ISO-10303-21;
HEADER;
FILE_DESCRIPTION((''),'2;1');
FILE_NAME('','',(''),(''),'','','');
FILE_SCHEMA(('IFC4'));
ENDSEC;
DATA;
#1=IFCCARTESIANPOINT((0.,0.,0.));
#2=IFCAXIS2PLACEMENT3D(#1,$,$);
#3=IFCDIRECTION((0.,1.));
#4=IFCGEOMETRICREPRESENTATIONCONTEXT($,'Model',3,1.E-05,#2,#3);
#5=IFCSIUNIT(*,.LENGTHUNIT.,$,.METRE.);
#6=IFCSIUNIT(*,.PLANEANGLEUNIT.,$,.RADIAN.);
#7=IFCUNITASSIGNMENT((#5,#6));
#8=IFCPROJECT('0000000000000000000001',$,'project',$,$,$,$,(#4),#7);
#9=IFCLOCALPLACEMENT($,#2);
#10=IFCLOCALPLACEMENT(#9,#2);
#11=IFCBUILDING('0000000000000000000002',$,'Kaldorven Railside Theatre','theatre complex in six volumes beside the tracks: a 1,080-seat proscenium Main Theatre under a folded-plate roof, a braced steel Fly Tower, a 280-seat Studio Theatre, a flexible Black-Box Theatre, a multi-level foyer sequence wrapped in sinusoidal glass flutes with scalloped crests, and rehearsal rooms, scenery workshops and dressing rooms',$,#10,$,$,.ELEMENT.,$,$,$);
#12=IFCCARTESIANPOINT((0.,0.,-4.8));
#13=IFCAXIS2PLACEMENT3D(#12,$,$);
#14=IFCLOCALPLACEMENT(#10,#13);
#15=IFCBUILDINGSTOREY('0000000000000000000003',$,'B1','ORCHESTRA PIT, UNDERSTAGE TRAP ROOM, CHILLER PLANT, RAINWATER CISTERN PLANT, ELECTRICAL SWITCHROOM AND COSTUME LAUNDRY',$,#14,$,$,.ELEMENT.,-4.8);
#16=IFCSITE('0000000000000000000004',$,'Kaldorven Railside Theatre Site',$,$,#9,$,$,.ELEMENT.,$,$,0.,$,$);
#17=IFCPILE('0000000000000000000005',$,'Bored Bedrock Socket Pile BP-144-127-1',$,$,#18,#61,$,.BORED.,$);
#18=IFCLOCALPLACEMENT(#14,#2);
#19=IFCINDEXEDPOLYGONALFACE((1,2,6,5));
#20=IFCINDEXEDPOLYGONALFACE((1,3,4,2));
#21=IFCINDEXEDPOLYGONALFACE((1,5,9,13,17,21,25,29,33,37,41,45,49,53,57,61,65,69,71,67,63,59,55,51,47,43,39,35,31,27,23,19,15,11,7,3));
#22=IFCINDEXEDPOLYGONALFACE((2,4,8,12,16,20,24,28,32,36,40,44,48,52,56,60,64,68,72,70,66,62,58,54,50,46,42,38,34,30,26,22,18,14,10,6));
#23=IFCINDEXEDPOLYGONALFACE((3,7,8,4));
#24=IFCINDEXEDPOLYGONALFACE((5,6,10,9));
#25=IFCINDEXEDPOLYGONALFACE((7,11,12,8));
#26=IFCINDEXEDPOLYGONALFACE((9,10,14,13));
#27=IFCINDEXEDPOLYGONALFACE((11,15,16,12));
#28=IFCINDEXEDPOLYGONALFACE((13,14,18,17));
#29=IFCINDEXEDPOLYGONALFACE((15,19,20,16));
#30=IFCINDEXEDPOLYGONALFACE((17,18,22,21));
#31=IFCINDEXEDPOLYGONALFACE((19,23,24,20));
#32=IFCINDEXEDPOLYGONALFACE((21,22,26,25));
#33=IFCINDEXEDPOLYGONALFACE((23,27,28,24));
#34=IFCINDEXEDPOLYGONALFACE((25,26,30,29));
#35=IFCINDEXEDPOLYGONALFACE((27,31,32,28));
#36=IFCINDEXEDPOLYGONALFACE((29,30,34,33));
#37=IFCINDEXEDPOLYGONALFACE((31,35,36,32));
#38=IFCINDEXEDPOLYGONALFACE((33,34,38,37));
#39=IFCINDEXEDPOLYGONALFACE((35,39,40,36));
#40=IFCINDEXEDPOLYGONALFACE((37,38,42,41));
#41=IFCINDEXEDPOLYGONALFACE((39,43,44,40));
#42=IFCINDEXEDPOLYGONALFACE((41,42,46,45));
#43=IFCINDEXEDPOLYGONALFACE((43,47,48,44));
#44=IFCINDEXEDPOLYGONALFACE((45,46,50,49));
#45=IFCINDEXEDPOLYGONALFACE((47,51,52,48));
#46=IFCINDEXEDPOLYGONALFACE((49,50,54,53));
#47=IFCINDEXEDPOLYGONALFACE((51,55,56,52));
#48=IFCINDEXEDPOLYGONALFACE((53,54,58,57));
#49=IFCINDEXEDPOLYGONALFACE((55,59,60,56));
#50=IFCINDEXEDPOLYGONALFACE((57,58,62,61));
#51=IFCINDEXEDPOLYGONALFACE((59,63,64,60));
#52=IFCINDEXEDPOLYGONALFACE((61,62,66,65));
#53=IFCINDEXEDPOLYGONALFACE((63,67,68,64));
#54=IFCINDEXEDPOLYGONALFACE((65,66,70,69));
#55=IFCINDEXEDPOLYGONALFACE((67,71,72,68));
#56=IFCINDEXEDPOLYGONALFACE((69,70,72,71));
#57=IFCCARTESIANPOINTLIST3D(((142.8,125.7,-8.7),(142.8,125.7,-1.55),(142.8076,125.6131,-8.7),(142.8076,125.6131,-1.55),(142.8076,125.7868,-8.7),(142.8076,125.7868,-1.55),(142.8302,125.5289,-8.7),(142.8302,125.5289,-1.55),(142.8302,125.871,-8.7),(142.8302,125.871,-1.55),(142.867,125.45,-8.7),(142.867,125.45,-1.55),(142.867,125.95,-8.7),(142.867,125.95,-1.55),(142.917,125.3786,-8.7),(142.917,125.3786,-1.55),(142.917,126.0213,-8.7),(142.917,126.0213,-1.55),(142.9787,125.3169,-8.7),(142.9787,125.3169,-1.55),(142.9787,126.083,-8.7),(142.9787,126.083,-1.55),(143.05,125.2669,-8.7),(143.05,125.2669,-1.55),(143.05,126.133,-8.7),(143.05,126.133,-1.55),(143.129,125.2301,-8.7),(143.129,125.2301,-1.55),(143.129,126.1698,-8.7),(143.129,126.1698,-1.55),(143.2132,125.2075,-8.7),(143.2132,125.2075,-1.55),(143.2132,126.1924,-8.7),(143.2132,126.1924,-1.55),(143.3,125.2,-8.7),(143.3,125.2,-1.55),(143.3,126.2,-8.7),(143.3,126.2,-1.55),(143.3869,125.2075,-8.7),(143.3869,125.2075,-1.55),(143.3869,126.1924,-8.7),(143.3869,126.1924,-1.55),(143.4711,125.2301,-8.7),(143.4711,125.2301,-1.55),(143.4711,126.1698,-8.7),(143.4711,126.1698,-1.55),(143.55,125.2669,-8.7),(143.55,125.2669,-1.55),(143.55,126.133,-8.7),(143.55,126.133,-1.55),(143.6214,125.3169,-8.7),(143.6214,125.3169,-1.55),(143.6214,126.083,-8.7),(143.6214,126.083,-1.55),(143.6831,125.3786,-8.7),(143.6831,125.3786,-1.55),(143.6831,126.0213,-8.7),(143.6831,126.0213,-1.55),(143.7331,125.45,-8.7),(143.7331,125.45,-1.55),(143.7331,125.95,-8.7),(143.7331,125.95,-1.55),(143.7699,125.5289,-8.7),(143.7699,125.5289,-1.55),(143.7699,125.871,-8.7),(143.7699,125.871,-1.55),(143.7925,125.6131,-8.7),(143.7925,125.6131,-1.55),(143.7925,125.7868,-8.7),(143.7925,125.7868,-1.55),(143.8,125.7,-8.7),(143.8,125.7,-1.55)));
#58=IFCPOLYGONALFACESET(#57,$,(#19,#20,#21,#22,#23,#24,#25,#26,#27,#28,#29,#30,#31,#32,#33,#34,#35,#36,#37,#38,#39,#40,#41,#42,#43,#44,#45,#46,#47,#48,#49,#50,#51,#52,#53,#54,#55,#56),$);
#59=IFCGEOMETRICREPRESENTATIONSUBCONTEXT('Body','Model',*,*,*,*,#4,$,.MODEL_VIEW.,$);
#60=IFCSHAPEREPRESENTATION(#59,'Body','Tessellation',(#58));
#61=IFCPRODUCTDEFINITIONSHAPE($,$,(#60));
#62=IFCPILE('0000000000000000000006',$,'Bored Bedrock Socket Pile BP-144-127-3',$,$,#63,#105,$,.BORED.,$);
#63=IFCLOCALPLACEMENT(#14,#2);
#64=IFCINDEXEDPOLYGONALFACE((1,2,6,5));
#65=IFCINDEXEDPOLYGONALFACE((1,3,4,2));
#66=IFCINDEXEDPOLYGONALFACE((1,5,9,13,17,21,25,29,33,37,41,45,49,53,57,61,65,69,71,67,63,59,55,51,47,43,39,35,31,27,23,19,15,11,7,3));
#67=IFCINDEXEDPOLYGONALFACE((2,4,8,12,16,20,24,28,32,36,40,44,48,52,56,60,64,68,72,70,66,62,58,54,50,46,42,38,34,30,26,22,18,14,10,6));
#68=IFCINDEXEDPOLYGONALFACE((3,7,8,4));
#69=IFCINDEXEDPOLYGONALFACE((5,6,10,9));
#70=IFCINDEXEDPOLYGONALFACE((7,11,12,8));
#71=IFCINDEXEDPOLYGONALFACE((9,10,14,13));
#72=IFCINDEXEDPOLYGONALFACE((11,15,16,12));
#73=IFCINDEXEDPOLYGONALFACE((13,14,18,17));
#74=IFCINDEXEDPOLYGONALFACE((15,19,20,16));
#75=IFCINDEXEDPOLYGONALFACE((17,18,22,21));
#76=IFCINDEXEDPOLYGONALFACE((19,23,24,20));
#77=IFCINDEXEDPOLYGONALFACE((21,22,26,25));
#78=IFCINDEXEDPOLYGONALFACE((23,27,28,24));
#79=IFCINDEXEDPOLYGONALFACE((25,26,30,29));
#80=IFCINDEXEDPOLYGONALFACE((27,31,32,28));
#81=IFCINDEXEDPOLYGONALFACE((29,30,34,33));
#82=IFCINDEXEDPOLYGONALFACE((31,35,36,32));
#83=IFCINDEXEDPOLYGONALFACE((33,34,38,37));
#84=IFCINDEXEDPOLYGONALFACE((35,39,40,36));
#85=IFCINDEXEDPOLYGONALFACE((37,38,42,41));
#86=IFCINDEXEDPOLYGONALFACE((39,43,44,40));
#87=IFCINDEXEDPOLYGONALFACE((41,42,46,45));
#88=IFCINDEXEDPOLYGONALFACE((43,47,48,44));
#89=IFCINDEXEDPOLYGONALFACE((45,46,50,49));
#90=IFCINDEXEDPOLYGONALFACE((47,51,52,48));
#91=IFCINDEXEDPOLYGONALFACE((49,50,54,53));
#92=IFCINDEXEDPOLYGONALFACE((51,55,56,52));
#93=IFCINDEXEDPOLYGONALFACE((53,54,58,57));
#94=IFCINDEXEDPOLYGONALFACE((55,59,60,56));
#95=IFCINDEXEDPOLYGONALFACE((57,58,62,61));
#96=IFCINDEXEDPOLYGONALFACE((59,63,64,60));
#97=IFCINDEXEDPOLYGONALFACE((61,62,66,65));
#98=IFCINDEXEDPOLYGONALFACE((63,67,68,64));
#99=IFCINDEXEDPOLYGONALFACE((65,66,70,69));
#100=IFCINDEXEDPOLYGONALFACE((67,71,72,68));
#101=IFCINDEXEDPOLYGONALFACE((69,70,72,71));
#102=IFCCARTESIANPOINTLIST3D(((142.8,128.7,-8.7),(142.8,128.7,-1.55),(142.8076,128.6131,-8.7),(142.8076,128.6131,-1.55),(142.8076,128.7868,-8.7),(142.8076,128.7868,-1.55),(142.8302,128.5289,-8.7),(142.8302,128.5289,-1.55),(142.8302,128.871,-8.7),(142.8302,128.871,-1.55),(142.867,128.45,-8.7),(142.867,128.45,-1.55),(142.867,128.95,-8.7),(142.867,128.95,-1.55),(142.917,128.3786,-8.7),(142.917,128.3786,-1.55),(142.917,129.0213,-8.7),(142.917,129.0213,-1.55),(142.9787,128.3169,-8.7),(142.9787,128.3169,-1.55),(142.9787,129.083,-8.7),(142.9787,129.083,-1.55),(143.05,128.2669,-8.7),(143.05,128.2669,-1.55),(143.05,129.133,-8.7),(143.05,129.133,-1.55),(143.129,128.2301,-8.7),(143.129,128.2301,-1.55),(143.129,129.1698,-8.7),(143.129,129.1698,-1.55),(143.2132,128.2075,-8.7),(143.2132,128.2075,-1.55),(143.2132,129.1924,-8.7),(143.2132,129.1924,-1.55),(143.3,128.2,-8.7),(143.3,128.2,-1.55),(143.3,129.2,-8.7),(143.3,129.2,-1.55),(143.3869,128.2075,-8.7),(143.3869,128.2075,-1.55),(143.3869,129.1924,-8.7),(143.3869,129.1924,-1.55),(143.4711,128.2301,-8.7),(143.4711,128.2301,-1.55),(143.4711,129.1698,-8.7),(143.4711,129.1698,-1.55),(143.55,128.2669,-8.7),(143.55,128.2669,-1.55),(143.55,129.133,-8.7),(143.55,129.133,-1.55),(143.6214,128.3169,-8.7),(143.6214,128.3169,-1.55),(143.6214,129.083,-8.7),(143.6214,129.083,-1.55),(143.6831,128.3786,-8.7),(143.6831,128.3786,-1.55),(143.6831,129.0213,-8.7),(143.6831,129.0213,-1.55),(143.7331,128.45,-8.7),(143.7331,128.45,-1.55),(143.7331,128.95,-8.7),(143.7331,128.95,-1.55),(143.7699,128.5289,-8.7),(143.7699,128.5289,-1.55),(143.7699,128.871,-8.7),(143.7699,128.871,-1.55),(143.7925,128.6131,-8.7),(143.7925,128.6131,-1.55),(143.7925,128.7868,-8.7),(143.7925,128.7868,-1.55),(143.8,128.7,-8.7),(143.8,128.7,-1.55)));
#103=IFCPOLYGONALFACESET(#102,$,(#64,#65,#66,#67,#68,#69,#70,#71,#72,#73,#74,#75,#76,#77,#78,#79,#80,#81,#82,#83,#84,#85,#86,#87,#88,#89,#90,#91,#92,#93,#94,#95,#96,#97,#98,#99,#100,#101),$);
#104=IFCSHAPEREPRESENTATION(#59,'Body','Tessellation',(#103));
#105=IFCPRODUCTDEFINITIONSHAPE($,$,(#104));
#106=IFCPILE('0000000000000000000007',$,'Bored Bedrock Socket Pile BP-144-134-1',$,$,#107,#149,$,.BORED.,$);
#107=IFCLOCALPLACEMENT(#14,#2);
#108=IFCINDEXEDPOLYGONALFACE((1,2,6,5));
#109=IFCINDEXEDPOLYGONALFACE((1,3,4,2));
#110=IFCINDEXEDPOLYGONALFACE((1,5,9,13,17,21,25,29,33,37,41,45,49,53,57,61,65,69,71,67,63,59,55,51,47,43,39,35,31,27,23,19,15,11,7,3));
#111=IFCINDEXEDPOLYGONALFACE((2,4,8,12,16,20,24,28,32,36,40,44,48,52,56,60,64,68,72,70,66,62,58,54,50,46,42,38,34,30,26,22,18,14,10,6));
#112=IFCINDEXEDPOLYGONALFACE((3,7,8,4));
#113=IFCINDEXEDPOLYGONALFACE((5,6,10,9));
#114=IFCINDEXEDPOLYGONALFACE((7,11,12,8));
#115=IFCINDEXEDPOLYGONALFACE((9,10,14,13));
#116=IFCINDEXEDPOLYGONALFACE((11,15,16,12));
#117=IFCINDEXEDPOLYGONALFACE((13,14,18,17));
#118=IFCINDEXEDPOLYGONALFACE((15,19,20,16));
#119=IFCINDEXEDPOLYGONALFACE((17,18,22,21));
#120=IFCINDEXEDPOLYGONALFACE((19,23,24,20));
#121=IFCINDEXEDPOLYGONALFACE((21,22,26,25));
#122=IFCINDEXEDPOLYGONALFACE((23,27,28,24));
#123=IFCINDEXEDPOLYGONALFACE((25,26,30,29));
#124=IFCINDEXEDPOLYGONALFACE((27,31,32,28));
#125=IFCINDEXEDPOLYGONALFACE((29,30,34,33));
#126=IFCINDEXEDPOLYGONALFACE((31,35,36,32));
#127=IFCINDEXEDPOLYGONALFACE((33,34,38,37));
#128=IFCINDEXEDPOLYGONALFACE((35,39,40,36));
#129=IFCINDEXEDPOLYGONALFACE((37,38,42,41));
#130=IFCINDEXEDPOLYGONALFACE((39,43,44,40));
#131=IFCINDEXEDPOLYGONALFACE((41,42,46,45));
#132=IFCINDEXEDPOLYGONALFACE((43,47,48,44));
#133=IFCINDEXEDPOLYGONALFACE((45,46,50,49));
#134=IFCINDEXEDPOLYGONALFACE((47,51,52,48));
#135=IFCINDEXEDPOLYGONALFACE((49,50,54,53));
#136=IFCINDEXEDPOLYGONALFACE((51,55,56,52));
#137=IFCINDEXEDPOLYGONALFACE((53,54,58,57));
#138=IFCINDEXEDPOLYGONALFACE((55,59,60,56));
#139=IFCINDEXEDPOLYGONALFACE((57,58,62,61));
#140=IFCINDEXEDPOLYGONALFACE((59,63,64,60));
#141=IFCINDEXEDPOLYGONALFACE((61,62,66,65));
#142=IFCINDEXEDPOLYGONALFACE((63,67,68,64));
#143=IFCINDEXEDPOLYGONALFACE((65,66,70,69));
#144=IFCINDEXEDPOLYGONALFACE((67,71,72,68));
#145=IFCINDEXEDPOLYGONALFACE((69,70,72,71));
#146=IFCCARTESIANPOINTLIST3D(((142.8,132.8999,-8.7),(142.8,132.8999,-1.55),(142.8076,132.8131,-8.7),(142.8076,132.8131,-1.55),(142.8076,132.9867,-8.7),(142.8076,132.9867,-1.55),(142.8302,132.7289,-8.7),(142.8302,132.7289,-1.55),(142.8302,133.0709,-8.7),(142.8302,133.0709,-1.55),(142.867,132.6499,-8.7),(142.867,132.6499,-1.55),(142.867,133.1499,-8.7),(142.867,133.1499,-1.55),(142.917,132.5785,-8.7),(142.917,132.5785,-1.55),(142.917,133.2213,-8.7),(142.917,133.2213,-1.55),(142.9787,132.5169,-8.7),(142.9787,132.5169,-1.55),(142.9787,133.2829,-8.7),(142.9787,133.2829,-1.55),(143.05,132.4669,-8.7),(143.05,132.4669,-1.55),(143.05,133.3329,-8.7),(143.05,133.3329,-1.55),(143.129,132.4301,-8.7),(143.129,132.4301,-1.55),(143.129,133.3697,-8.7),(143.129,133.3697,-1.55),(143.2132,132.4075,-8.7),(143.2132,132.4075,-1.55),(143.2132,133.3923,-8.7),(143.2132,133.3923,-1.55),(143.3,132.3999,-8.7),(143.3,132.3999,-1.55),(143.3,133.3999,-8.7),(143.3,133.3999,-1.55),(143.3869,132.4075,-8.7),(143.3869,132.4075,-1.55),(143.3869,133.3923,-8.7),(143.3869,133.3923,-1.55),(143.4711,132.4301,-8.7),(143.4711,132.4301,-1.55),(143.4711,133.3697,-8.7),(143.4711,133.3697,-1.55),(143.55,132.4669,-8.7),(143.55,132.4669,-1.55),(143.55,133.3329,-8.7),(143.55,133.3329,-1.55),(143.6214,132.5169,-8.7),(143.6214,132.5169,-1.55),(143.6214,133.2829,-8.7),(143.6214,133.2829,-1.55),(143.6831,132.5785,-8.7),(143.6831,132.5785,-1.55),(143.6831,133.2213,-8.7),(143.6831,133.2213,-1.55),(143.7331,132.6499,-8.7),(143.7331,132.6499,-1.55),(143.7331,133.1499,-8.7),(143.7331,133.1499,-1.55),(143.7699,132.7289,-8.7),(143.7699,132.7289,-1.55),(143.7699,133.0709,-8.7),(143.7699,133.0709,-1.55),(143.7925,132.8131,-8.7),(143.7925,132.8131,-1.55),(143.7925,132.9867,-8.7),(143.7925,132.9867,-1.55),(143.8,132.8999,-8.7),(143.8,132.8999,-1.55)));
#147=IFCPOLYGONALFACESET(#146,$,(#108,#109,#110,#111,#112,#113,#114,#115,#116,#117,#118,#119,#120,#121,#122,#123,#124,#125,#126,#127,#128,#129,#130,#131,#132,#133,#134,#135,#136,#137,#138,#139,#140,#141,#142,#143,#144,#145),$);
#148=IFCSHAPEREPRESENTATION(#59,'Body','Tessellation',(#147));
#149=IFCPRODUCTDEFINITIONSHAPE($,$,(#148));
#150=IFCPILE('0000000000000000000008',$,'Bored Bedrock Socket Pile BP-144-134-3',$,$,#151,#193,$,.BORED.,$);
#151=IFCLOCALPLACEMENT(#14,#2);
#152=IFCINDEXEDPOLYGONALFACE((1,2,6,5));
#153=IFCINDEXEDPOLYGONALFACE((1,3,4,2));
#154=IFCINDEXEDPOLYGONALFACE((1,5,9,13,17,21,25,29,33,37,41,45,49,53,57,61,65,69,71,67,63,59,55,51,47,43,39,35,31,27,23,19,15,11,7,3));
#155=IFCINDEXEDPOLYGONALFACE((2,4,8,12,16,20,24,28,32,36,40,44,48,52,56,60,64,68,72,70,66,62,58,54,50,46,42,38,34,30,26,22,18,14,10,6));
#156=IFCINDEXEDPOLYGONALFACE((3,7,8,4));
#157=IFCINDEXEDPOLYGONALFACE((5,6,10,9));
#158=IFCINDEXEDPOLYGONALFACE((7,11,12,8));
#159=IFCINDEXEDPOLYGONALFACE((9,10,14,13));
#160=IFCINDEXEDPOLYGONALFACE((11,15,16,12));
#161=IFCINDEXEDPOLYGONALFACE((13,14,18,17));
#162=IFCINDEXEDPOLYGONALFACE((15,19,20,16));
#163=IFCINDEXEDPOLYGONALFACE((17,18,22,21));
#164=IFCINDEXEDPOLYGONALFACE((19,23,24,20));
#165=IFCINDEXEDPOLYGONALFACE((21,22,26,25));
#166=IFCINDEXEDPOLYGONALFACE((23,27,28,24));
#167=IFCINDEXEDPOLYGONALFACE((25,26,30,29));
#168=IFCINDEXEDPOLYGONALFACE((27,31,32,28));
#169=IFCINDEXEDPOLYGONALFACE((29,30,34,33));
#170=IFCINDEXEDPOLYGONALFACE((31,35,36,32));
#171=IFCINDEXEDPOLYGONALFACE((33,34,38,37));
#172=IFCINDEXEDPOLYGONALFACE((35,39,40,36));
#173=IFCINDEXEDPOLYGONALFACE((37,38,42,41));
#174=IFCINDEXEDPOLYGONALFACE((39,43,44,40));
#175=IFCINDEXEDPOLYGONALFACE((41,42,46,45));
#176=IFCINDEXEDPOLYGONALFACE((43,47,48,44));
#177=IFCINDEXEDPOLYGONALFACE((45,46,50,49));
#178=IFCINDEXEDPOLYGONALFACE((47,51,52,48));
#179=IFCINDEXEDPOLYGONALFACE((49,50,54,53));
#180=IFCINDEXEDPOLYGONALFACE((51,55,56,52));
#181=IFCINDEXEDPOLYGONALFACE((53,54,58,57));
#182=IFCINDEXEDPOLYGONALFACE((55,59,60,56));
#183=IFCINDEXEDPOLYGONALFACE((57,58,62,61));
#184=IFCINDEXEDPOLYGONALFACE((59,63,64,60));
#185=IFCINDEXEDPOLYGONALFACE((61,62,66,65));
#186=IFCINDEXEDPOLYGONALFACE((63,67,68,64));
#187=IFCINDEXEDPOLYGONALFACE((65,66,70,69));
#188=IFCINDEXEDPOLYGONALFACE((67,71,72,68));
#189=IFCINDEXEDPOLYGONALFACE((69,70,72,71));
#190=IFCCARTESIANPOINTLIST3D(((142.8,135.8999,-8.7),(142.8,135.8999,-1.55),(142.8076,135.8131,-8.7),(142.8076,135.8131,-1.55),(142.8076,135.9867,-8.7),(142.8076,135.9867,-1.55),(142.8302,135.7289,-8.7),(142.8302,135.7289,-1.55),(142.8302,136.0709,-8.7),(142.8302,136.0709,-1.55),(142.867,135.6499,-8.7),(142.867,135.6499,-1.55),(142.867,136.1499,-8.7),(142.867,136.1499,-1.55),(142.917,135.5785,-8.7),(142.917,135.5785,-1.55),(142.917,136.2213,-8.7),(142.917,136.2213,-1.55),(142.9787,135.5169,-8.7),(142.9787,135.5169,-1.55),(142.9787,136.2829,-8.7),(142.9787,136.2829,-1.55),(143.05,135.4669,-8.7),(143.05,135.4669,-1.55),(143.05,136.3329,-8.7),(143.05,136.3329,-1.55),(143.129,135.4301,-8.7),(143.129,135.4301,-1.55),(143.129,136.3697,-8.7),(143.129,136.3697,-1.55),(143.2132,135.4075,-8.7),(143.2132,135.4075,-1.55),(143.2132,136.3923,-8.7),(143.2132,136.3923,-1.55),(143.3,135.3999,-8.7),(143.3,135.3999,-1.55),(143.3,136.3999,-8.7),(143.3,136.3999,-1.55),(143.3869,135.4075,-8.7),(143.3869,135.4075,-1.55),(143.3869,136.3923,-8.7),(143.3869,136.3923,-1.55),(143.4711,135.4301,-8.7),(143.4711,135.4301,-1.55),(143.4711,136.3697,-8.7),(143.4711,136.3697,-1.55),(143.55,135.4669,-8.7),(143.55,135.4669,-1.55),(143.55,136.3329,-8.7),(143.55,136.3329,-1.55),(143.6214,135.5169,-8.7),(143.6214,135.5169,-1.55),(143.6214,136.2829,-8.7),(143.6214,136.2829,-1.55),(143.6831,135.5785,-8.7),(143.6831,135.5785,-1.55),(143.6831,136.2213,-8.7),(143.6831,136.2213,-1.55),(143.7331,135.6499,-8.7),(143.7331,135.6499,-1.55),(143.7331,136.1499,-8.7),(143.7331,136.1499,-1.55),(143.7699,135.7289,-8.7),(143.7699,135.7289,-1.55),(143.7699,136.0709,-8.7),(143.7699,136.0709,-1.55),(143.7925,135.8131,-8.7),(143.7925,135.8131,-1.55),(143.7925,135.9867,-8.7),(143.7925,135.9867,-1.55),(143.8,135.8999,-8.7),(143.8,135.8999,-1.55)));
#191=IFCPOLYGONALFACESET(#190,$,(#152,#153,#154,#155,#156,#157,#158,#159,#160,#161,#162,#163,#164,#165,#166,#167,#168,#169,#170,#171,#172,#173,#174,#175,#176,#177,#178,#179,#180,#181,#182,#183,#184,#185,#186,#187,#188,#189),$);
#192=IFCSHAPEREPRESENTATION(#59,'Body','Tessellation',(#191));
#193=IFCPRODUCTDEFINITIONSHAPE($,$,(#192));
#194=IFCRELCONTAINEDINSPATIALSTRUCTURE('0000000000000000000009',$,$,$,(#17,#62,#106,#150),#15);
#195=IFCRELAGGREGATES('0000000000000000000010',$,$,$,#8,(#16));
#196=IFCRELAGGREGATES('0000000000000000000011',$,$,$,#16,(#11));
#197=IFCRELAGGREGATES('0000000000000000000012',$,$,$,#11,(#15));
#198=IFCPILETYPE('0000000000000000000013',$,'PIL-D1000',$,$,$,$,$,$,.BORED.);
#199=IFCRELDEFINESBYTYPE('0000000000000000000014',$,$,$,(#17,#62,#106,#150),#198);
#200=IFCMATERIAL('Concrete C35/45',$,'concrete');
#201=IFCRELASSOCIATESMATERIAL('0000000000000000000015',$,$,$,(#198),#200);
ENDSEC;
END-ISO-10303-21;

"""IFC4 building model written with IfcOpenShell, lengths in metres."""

from ifc_helpers import new_model, si_unit, direction, frame, origin, origin_2d, place, context, subcontext, project, spatial, circle, extrude, material, material_profile, profile_set, type_object, element, save


model = new_model("IFC4")

# Units and contexts
model_context = context("Model", 3, precision=1e-05, world=origin(), true_north=direction((0.0, 1.0)))
body_context = subcontext(model_context, "Body", "Model", "MODEL_VIEW")
ifc_project = project(units=[si_unit("LENGTHUNIT", "METRE"), si_unit("PLANEANGLEUNIT", "RADIAN")], contexts=[model_context])

# Site, building, storey
site_placement = place(None, origin())
site = spatial("IfcSite", under=ifc_project, at=site_placement, Name="Kaldorven Railside Theatre Site", CompositionType="ELEMENT", RefElevation=0.0)
building_placement = place(site_placement, origin())
building = spatial("IfcBuilding", under=site, at=building_placement, Name="Kaldorven Railside Theatre", Description="theatre complex in six volumes beside the tracks: a 1,080-seat proscenium Main Theatre under a folded-plate roof, a braced steel Fly Tower, a 280-seat Studio Theatre, a flexible Black-Box Theatre, a multi-level foyer sequence wrapped in sinusoidal glass flutes with scalloped crests, and rehearsal rooms, scenery workshops and dressing rooms", CompositionType="ELEMENT")
storey_placement = place(building_placement, frame((0.0, 0.0, -4.8)))
storey = spatial("IfcBuildingStorey", under=building, at=storey_placement, Name="B1", Description="ORCHESTRA PIT, UNDERSTAGE TRAP ROOM, CHILLER PLANT, RAINWATER CISTERN PLANT, ELECTRICAL SWITCHROOM AND COSTUME LAUNDRY", CompositionType="ELEMENT", Elevation=-4.8)

# Piles
ifc_material_1 = material(Name="Concrete C35/45", Category="concrete")
ifc_material_profile_1 = material_profile(ifc_material_1, circle(Radius=0.5, at=origin_2d()), Name="BP D1000")
ifc_profile_set_1 = profile_set([ifc_material_profile_1], Name="Concrete C35/45")
pile_type_1 = type_object("IfcPileType", Name="PIL-D1000", PredefinedType="BORED", material=ifc_profile_set_1)
for number, where, z_axis, x_axis, name in (
    (1, (143.3, 125.7, -1.55), (0.0, 0.0, -1.0), (1.0, 0.0, 0.0), "Bored Bedrock Socket Pile BP-144-127-1"),
    (2, (143.3, 128.7, -1.55), (0.0, 0.0, -1.0), (1.0, 0.0, 0.0), "Bored Bedrock Socket Pile BP-144-127-3"),
    (3, (143.3, 132.8999, -1.55), (0.0, 0.0, -1.0), (1.0, 0.0, 0.0), "Bored Bedrock Socket Pile BP-144-134-1"),
    (4, (143.3, 135.8999, -1.55), (0.0, 0.0, -1.0), (1.0, 0.0, 0.0), "Bored Bedrock Socket Pile BP-144-134-3"),
):
    element("IfcPile", number, at=place(storey_placement, frame(where, z_axis=z_axis, x_axis=x_axis)), inside=storey, type_object=pile_type_1, Name=name, PredefinedType="BORED", context=body_context, shape_type="SweptSolid", body=[
        extrude(circle(Radius=0.5, at=origin_2d()), origin(), (0.0, 0.0, 1.0), 7.1499),
    ])

save(model, "model.ifc")
